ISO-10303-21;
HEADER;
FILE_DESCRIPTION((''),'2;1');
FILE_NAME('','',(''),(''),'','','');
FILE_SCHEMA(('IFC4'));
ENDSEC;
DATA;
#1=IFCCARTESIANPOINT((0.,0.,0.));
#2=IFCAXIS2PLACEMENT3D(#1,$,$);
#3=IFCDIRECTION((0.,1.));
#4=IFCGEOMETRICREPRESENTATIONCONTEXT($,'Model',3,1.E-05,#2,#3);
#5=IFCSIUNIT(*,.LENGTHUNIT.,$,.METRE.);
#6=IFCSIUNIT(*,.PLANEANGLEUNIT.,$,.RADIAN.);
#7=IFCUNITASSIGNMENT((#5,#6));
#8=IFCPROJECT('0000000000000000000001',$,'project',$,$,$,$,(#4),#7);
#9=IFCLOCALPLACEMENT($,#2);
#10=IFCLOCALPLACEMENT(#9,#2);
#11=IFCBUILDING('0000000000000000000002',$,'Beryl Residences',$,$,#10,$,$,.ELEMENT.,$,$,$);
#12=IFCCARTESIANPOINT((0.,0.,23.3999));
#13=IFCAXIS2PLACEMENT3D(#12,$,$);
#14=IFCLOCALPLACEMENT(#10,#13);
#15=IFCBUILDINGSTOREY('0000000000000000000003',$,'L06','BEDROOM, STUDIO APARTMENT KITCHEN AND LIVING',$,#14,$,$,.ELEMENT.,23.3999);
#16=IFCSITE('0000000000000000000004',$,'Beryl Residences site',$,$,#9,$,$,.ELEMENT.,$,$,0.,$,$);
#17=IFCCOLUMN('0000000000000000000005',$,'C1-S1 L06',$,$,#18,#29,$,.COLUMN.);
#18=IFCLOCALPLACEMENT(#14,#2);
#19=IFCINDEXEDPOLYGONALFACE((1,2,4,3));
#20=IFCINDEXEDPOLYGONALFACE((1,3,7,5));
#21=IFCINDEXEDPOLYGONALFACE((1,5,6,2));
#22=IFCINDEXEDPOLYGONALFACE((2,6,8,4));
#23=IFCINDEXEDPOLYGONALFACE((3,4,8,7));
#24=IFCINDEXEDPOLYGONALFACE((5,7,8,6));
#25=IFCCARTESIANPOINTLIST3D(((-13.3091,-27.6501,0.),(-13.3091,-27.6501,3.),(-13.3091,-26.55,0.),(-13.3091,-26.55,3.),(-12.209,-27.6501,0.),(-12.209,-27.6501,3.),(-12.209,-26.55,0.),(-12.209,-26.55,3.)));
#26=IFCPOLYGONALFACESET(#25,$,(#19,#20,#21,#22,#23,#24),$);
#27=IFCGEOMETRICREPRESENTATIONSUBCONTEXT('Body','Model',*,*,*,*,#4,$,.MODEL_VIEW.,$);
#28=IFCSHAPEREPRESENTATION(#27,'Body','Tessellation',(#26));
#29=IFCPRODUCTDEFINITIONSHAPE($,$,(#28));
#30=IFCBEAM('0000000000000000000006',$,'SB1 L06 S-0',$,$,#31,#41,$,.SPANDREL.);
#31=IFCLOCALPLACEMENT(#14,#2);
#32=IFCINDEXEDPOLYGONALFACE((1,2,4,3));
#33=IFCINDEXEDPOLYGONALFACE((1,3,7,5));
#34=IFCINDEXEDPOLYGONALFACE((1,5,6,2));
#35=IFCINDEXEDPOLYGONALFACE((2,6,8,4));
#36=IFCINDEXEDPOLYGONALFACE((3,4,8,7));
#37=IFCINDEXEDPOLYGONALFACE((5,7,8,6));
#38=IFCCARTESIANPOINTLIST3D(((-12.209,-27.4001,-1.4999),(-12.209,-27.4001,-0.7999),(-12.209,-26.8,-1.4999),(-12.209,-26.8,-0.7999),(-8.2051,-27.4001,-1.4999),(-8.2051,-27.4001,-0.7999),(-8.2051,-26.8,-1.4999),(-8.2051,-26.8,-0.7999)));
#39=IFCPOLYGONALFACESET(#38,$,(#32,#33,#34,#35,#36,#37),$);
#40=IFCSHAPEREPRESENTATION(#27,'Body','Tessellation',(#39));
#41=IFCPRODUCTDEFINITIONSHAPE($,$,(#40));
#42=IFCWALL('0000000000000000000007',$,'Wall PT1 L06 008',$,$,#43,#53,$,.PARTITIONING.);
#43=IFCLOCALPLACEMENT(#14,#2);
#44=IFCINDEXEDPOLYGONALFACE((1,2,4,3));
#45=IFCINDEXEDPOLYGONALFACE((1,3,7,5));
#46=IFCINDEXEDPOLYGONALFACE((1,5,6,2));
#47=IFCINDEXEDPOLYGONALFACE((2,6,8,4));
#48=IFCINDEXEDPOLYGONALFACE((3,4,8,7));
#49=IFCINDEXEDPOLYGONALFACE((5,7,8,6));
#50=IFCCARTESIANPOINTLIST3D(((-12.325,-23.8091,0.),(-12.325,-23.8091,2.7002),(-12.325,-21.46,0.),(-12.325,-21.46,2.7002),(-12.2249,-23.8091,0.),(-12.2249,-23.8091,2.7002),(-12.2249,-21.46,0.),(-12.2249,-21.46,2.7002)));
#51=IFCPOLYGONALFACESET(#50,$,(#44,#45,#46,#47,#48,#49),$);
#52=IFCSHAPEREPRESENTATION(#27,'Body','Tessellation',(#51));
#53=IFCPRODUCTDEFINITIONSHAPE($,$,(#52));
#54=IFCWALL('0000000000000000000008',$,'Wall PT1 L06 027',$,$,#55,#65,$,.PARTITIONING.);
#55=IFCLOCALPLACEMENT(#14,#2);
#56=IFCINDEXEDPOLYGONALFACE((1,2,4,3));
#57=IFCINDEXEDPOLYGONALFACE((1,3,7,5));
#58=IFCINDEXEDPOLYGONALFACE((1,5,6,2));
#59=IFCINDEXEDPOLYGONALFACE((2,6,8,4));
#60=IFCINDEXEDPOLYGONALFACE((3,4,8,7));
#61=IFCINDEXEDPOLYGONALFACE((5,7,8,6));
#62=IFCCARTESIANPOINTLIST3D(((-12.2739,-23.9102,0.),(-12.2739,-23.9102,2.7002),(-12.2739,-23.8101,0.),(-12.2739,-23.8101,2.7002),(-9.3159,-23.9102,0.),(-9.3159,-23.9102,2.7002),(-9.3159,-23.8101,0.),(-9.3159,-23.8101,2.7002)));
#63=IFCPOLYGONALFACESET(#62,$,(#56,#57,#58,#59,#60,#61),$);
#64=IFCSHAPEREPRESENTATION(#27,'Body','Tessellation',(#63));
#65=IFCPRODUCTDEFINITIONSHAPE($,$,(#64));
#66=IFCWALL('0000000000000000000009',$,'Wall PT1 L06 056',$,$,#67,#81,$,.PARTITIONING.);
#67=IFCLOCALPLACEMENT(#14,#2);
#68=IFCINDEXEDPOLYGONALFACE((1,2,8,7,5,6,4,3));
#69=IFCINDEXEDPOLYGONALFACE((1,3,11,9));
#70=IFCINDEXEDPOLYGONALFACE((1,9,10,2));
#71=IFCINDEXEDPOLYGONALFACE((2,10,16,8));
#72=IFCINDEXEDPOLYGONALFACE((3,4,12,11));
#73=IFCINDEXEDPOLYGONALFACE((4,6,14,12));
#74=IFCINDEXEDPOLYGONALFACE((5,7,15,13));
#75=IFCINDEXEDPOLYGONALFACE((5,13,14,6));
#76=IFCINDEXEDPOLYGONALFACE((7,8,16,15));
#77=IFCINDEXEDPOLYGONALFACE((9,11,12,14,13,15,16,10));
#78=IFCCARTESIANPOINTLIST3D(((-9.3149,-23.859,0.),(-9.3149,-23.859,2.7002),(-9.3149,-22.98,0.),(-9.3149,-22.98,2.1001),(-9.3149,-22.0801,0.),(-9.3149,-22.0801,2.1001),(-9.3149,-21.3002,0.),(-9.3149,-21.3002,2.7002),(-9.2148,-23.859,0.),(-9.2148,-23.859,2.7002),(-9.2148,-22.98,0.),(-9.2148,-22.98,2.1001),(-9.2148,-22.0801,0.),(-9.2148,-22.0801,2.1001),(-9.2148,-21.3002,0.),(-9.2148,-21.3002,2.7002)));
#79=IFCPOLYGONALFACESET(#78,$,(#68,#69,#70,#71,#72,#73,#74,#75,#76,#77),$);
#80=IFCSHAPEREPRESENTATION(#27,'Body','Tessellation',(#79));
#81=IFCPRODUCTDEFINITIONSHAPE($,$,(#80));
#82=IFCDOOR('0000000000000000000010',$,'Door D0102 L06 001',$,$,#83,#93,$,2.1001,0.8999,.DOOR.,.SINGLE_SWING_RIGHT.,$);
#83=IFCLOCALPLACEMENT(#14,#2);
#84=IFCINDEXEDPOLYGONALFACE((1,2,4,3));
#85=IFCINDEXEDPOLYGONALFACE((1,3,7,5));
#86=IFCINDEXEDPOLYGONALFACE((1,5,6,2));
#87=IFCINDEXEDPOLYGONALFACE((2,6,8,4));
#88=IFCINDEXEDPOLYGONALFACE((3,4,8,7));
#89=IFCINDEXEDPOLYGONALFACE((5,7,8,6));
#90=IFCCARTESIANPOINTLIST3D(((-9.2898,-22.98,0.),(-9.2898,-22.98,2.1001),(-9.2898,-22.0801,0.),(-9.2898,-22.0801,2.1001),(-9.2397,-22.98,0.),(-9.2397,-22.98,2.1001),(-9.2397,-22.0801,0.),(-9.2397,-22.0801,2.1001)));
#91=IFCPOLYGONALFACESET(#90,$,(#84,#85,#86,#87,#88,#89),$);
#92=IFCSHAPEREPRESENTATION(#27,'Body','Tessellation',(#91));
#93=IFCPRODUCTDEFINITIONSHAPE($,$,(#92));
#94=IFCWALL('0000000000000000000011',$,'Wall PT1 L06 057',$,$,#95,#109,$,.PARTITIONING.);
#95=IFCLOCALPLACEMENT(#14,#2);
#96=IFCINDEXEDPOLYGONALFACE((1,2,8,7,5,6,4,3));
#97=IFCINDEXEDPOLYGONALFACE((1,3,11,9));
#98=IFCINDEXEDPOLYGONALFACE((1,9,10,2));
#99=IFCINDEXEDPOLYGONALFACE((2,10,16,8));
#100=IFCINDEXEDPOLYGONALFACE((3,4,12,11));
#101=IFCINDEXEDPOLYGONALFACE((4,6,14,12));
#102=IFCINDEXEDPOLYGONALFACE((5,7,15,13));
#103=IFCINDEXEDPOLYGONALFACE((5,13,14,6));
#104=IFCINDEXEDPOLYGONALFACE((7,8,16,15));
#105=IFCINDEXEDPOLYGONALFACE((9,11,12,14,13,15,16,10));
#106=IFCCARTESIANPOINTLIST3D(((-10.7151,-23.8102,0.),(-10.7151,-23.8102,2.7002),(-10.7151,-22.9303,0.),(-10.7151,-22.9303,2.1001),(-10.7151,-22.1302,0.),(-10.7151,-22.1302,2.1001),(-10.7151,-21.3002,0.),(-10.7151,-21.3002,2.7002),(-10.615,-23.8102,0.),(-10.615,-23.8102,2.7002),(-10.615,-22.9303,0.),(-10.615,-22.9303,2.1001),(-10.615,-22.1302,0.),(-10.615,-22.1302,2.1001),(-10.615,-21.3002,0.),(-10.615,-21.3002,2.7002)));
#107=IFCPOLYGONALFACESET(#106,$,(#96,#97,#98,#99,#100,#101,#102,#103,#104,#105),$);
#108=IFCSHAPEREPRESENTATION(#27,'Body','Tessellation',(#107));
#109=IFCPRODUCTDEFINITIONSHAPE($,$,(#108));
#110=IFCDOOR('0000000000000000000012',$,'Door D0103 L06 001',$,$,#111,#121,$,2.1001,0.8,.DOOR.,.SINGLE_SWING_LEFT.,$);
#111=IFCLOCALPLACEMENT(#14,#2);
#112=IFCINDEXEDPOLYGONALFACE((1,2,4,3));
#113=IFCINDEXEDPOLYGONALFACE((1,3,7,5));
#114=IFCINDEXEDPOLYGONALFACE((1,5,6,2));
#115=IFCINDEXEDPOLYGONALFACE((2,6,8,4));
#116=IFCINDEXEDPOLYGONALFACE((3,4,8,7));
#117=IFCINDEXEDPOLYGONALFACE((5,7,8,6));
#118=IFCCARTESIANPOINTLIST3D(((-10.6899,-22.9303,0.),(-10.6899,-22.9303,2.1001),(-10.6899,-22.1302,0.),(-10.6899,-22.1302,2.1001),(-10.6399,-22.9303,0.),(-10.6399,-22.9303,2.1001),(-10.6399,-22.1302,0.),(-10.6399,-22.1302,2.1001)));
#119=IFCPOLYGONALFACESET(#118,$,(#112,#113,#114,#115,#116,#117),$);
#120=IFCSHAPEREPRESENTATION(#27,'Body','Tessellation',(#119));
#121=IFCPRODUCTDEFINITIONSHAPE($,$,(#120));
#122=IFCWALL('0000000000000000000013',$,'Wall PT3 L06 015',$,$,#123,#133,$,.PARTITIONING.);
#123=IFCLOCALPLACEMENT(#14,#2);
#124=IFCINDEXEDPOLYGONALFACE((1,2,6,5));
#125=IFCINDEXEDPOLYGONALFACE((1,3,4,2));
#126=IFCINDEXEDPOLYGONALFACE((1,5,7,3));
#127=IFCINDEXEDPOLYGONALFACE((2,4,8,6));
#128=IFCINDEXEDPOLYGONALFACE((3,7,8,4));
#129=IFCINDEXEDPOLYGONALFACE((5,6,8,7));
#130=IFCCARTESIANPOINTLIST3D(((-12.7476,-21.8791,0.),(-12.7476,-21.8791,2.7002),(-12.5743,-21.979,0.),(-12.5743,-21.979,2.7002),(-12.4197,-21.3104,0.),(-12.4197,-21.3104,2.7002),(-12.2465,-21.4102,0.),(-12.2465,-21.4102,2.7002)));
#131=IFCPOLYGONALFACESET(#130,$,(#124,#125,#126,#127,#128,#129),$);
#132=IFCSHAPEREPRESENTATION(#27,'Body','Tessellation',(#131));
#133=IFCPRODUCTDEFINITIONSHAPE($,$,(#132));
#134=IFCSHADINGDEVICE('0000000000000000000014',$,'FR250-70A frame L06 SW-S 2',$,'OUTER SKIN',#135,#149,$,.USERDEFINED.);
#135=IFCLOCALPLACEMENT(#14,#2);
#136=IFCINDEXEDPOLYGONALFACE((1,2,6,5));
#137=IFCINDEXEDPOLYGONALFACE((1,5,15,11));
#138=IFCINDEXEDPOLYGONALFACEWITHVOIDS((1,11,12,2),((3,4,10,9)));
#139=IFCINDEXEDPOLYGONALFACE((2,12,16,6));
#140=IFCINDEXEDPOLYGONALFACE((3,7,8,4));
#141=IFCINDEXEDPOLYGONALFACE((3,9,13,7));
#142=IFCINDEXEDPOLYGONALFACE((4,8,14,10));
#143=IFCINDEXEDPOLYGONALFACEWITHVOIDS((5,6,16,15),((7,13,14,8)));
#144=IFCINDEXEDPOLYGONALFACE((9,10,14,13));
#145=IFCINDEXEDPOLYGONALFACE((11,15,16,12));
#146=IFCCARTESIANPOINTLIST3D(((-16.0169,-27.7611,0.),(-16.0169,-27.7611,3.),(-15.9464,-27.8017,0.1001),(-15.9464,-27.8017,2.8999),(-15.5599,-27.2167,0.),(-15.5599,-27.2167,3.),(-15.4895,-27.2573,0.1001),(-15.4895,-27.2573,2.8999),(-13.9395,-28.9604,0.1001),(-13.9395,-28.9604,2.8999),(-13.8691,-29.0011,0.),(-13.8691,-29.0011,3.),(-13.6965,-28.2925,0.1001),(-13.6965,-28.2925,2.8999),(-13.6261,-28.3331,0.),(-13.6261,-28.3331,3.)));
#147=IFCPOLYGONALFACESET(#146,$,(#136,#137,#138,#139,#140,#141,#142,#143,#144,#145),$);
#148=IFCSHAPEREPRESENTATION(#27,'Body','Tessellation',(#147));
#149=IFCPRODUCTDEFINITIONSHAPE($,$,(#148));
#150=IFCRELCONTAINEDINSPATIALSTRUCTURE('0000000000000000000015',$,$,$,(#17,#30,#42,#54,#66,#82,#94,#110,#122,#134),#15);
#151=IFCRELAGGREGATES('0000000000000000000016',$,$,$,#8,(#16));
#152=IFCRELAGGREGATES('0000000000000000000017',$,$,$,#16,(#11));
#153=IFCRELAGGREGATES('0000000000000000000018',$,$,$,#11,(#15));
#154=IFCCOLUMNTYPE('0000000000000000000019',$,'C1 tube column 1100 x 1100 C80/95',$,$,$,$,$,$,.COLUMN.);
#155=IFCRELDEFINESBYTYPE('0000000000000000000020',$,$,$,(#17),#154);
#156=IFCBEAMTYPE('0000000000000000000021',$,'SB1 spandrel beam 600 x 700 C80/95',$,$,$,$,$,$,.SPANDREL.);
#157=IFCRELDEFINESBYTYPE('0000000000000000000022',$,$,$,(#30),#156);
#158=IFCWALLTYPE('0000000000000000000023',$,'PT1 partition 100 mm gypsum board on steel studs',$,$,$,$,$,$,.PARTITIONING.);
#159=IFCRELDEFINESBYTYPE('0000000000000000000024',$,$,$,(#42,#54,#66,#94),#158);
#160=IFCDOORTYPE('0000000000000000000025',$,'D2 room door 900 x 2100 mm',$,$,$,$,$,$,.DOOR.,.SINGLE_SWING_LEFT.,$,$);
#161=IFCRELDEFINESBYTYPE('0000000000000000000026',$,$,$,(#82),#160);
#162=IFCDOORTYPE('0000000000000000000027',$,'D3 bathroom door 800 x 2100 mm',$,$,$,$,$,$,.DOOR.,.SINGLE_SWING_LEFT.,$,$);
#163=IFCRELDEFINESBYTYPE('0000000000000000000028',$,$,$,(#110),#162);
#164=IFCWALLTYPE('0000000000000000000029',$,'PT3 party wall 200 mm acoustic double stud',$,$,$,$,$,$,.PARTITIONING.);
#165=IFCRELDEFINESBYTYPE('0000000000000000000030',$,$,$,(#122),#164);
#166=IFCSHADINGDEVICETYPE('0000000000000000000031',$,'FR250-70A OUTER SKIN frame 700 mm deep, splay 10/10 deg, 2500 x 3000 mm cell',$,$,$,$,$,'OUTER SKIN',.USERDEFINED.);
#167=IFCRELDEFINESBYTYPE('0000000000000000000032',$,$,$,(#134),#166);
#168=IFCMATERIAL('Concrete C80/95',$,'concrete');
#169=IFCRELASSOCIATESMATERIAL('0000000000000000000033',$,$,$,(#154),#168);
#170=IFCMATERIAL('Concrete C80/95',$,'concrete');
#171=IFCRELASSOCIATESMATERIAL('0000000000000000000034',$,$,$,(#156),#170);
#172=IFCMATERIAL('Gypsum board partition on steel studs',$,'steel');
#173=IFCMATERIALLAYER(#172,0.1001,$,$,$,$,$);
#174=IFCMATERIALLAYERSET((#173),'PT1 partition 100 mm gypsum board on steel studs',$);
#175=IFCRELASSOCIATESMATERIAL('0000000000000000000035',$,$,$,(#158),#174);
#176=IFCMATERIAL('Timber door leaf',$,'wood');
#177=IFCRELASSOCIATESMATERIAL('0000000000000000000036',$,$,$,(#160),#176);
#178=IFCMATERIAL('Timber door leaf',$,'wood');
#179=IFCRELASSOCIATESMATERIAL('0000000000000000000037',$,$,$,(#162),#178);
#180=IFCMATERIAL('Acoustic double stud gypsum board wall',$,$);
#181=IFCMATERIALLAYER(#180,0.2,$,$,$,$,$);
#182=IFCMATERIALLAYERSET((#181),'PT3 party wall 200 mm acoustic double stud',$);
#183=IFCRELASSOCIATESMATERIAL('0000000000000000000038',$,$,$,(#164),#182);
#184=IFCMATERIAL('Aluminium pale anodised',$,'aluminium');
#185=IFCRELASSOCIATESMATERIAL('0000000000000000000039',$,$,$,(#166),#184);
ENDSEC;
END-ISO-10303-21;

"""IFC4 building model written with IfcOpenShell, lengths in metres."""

from ifc_helpers import new_model, entity, si_unit, direction, frame, frame_2d, origin, origin_2d, place, context, subcontext, project, spatial, rectangle, extrude, source, transform, mapped, material, layer, layer_set, material_profile, profile_set, type_object, type_shapes, element, fill, save


model = new_model("IFC4")

# Units and contexts
model_context = context("Model", 3, precision=1e-05, world=origin(), true_north=direction((0.0, 1.0)))
body_context = subcontext(model_context, "Body", "Model", "MODEL_VIEW")
ifc_project = project(units=[si_unit("LENGTHUNIT", "METRE"), si_unit("PLANEANGLEUNIT", "RADIAN")], contexts=[model_context])

# Site, building, storey
site_placement = place(None, origin())
site = spatial("IfcSite", under=ifc_project, at=site_placement, Name="Beryl Residences site", CompositionType="ELEMENT", RefElevation=0.0)
building_placement = place(site_placement, origin())
building = spatial("IfcBuilding", under=site, at=building_placement, Name="Beryl Residences", CompositionType="ELEMENT")
storey_placement = place(building_placement, frame((0.0, 0.0, 23.3999)))
storey = spatial("IfcBuildingStorey", under=building, at=storey_placement, Name="L06", Description="BEDROOM, STUDIO APARTMENT KITCHEN AND LIVING", CompositionType="ELEMENT", Elevation=23.3999)

# Column
ifc_material_1 = material(Name="Concrete C80/95", Category="concrete")
ifc_material_profile_1 = material_profile(ifc_material_1, rectangle(XDim=1.1001, YDim=1.1001, at=origin_2d()))
ifc_profile_set_1 = profile_set([ifc_material_profile_1], Name="Concrete C80/95")
column_type = type_object("IfcColumnType", Name="C1 tube column 1100 x 1100 C80/95", PredefinedType="COLUMN", material=ifc_profile_set_1)
column_placement = place(storey_placement, frame((-12.759, -27.1001, 0.0), z_axis=(0.0, 0.0, 1.0), x_axis=(1.0, 0.0, 0.0)))
element("IfcColumn", 1, at=column_placement, inside=storey, type_object=column_type, Name="C1-S1 L06", PredefinedType="COLUMN", context=body_context, shape_type="SweptSolid", body=[
    extrude(rectangle(XDim=1.1001, YDim=1.1001, at=origin_2d()), origin(), (0.0, 0.0, 1.0), 3.0),
])

# Beam
ifc_material_2 = material(Name="Concrete C80/95", Category="concrete")
ifc_material_profile_2 = material_profile(ifc_material_2, rectangle(XDim=0.6001, YDim=0.7, at=origin_2d()))
ifc_profile_set_2 = profile_set([ifc_material_profile_2], Name="Concrete C80/95")
beam_type = type_object("IfcBeamType", Name="SB1 spandrel beam 600 x 700 C80/95", PredefinedType="SPANDREL", material=ifc_profile_set_2)
beam_placement = place(storey_placement, frame((-12.209, -27.1001, -1.1499), z_axis=(1.0, 0.0, 0.0), x_axis=(0.0, 1.0, 0.0)))
element("IfcBeam", 2, at=beam_placement, inside=storey, type_object=beam_type, Name="SB1 L06 S-0", PredefinedType="SPANDREL", context=body_context, shape_type="SweptSolid", body=[
    extrude(rectangle(XDim=0.6001, YDim=0.7, at=origin_2d()), origin(), (0.0, 0.0, 1.0), 4.0039),
])

# Walls
ifc_material_3 = material(Name="Gypsum board partition on steel studs", Category="steel")
ifc_layer_1 = layer(ifc_material_3, 0.1001)
ifc_layer_set_1 = layer_set([ifc_layer_1], Name="PT1 partition 100 mm gypsum board on steel studs")
wall_type_1 = type_object("IfcWallType", Name="PT1 partition 100 mm gypsum board on steel studs", PredefinedType="PARTITIONING", material=ifc_layer_set_1)
wall_1_placement = place(storey_placement, frame((-12.2749, -21.46, 0.0), z_axis=(0.0, 0.0, 1.0), x_axis=(0.0, -1.0, 0.0)))
element("IfcWall", 3, at=wall_1_placement, inside=storey, type_object=wall_type_1, Name="Wall PT1 L06 008", PredefinedType="PARTITIONING", context=body_context, shape_type="SweptSolid", body=[
    extrude(rectangle(XDim=2.3491, YDim=0.1001, at=frame_2d((1.1746, 0.0))), origin(), (0.0, 0.0, 1.0), 2.7002),
])
wall_2_placement = place(storey_placement, frame((-12.2739, -23.8601, 0.0), z_axis=(0.0, 0.0, 1.0), x_axis=(1.0, 0.0, 0.0)))
element("IfcWall", 4, at=wall_2_placement, inside=storey, type_object=wall_type_1, Name="Wall PT1 L06 027", PredefinedType="PARTITIONING", context=body_context, shape_type="SweptSolid", body=[
    extrude(rectangle(XDim=2.958, YDim=0.1001, at=frame_2d((1.479, 0.0))), origin(), (0.0, 0.0, 1.0), 2.7002),
])

# Walls, openings, doors
wall_3_placement = place(storey_placement, frame((-9.2649, -23.8589, 0.0), z_axis=(0.0, 0.0, 1.0), x_axis=(0.0, 1.0, 0.0)))
wall_3 = element("IfcWall", 5, at=wall_3_placement, inside=storey, type_object=wall_type_1, Name="Wall PT1 L06 056", PredefinedType="PARTITIONING", context=body_context, shape_type="SweptSolid", body=[
    extrude(rectangle(XDim=2.5588, YDim=0.1001, at=frame_2d((1.2793, 0.0))), origin(), (0.0, 0.0, 1.0), 2.7002),
])
opening_1_placement = place(wall_3_placement, frame((0.8789, 0.0, 0.0)))
opening_1 = element("IfcOpeningElement", 6, at=opening_1_placement, cuts=wall_3, PredefinedType="OPENING", context=body_context, shape_type="SweptSolid", body=[
    extrude(rectangle(XDim=0.8999, YDim=2.1001, at=frame_2d((0.45, 1.05))), frame((0.0, 0.0601, 0.0), z_axis=(0.0, -1.0, 0.0), x_axis=(1.0, 0.0, 0.0)), (0.0, 0.0, 1.0), 0.1201),
])
ifc_material_4 = material(Name="Timber door leaf", Category="wood")
door_type_1 = type_object("IfcDoorType", Name="D2 room door 900 x 2100 mm", OperationType="SINGLE_SWING_LEFT", PredefinedType="DOOR", material=ifc_material_4)
door_1_placement = place(opening_1_placement, origin())
door_1 = element("IfcDoor", 7, at=door_1_placement, inside=storey, type_object=door_type_1, Name="Door D0102 L06 001", OperationType="SINGLE_SWING_RIGHT", OverallHeight=2.1001, OverallWidth=0.8999, PredefinedType="DOOR", context=body_context, shape_type="SweptSolid", body=[
    extrude(rectangle(XDim=0.8999, YDim=2.1001, at=frame_2d((0.45, 1.05))), frame((0.0, 0.0249, 0.0), z_axis=(0.0, -1.0, 0.0), x_axis=(1.0, 0.0, 0.0)), (0.0, 0.0, 1.0), 0.05),
])
fill(opening_1, door_1)
wall_4_placement = place(storey_placement, frame((-10.665, -23.8101, 0.0), z_axis=(0.0, 0.0, 1.0), x_axis=(0.0, 1.0, 0.0)))
wall_4 = element("IfcWall", 8, at=wall_4_placement, inside=storey, type_object=wall_type_1, Name="Wall PT1 L06 057", PredefinedType="PARTITIONING", context=body_context, shape_type="SweptSolid", body=[
    extrude(rectangle(XDim=2.51, YDim=0.1001, at=frame_2d((1.2549, 0.0))), origin(), (0.0, 0.0, 1.0), 2.7002),
])
opening_2_placement = place(wall_4_placement, frame((0.8799, 0.0, 0.0)))
opening_2 = element("IfcOpeningElement", 9, at=opening_2_placement, cuts=wall_4, PredefinedType="OPENING", context=body_context, shape_type="SweptSolid", body=[
    extrude(rectangle(XDim=0.8, YDim=2.1001, at=frame_2d((0.3999, 1.05))), frame((0.0, 0.0601, 0.0), z_axis=(0.0, -1.0, 0.0), x_axis=(1.0, 0.0, 0.0)), (0.0, 0.0, 1.0), 0.1201),
])
ifc_material_5 = material(Name="Timber door leaf", Category="wood")
door_type_2 = type_object("IfcDoorType", Name="D3 bathroom door 800 x 2100 mm", OperationType="SINGLE_SWING_LEFT", PredefinedType="DOOR", material=ifc_material_5)
door_2_placement = place(opening_2_placement, origin())
door_2 = element("IfcDoor", 10, at=door_2_placement, inside=storey, type_object=door_type_2, Name="Door D0103 L06 001", OperationType="SINGLE_SWING_LEFT", OverallHeight=2.1001, OverallWidth=0.8, PredefinedType="DOOR", context=body_context, shape_type="SweptSolid", body=[
    extrude(rectangle(XDim=0.8, YDim=2.1001, at=frame_2d((0.3999, 1.05))), frame((0.0, 0.0249, 0.0), z_axis=(0.0, -1.0, 0.0), x_axis=(1.0, 0.0, 0.0)), (0.0, 0.0, 1.0), 0.05),
])
fill(opening_2, door_2)

# Wall
ifc_material_6 = material(Name="Acoustic double stud gypsum board wall")
ifc_layer_2 = layer(ifc_material_6, 0.2)
ifc_layer_set_2 = layer_set([ifc_layer_2], Name="PT3 party wall 200 mm acoustic double stud")
wall_type_2 = type_object("IfcWallType", Name="PT3 party wall 200 mm acoustic double stud", PredefinedType="PARTITIONING", material=ifc_layer_set_2)
wall_5_placement = place(storey_placement, frame((-12.6609, -21.929, 0.0), z_axis=(0.0, 0.0, 1.0), x_axis=(0.499379, 0.866384, 0.0)))
element("IfcWall", 11, at=wall_5_placement, inside=storey, type_object=wall_type_2, Name="Wall PT3 L06 015", PredefinedType="PARTITIONING", context=body_context, shape_type="SweptSolid", body=[
    extrude(rectangle(XDim=0.6565, YDim=0.2, at=frame_2d((0.3281, 0.0))), origin(), (0.0, 0.0, 1.0), 2.7002),
])

# Shading device
ifc_material_7 = material(Name="Aluminium pale anodised", Category="aluminium")
shading_device_type_1 = type_object("IfcShadingDeviceType", Name="FR250-70A OUTER SKIN frame 700 mm deep, splay 10/10 deg, 2500 x 3000 mm cell", ElementType="OUTER SKIN", PredefinedType="USERDEFINED", material=ifc_material_7)
cartesian_point_1 = entity("IfcCartesianPoint", [-1.1165, 0.0])
cartesian_point_2 = entity("IfcCartesianPoint", [-1.0352, 0.1001])
cartesian_point_3 = entity("IfcCartesianPoint", [-1.24, 0.0])
cartesian_point_4 = entity("IfcCartesianPoint", [-1.1587, 0.1001])
shared_shape_1 = source(origin(), body_context, "Body", "SweptSolid", [
    entity("IfcExtrudedAreaSolidTapered", entity("IfcArbitraryProfileDefWithVoids", "AREA", None, entity("IfcPolyline", [cartesian_point_1, entity("IfcCartesianPoint", [1.1165, 0.0]), entity("IfcCartesianPoint", [1.1165, 3.0]), entity("IfcCartesianPoint", [-1.1165, 3.0]), cartesian_point_1]), [entity("IfcPolyline", [cartesian_point_2, entity("IfcCartesianPoint", [1.0352, 0.1001]), entity("IfcCartesianPoint", [1.0352, 2.8999]), entity("IfcCartesianPoint", [-1.0352, 2.8999]), cartesian_point_2])]), entity("IfcAxis2Placement3D", entity("IfcCartesianPoint", [0.0, 0.0, 0.0]), entity("IfcDirection", [0.0, 1.0, 0.0]), entity("IfcDirection", [-1.0, 0.0, 0.0])), entity("IfcDirection", [0.0, 0.0, 1.0]), 0.7, entity("IfcArbitraryProfileDefWithVoids", "AREA", None, entity("IfcPolyline", [cartesian_point_3, entity("IfcCartesianPoint", [1.24, 0.0]), entity("IfcCartesianPoint", [1.24, 3.0]), entity("IfcCartesianPoint", [-1.24, 3.0]), cartesian_point_3]), [entity("IfcPolyline", [cartesian_point_4, entity("IfcCartesianPoint", [1.1587, 0.1001]), entity("IfcCartesianPoint", [1.1587, 2.8999]), entity("IfcCartesianPoint", [-1.1587, 2.8999]), cartesian_point_4])])),
])
type_shapes(shading_device_type_1, [shared_shape_1])
shading_device_placement = place(storey_placement, frame((-14.593, -27.7749, 0.0), z_axis=(0.0, 0.0, 1.0), x_axis=(-0.866025, 0.5, 0.0)))
element("IfcShadingDevice", 12, at=shading_device_placement, inside=storey, type_object=shading_device_type_1, Name="FR250-70A frame L06 SW-S 2", ObjectType="OUTER SKIN", PredefinedType="USERDEFINED", context=body_context, shape_type="MappedRepresentation", body=[
    mapped(shared_shape_1, transform((0.0, 0.0, 0.0))),
])

save(model, "model.ifc")
